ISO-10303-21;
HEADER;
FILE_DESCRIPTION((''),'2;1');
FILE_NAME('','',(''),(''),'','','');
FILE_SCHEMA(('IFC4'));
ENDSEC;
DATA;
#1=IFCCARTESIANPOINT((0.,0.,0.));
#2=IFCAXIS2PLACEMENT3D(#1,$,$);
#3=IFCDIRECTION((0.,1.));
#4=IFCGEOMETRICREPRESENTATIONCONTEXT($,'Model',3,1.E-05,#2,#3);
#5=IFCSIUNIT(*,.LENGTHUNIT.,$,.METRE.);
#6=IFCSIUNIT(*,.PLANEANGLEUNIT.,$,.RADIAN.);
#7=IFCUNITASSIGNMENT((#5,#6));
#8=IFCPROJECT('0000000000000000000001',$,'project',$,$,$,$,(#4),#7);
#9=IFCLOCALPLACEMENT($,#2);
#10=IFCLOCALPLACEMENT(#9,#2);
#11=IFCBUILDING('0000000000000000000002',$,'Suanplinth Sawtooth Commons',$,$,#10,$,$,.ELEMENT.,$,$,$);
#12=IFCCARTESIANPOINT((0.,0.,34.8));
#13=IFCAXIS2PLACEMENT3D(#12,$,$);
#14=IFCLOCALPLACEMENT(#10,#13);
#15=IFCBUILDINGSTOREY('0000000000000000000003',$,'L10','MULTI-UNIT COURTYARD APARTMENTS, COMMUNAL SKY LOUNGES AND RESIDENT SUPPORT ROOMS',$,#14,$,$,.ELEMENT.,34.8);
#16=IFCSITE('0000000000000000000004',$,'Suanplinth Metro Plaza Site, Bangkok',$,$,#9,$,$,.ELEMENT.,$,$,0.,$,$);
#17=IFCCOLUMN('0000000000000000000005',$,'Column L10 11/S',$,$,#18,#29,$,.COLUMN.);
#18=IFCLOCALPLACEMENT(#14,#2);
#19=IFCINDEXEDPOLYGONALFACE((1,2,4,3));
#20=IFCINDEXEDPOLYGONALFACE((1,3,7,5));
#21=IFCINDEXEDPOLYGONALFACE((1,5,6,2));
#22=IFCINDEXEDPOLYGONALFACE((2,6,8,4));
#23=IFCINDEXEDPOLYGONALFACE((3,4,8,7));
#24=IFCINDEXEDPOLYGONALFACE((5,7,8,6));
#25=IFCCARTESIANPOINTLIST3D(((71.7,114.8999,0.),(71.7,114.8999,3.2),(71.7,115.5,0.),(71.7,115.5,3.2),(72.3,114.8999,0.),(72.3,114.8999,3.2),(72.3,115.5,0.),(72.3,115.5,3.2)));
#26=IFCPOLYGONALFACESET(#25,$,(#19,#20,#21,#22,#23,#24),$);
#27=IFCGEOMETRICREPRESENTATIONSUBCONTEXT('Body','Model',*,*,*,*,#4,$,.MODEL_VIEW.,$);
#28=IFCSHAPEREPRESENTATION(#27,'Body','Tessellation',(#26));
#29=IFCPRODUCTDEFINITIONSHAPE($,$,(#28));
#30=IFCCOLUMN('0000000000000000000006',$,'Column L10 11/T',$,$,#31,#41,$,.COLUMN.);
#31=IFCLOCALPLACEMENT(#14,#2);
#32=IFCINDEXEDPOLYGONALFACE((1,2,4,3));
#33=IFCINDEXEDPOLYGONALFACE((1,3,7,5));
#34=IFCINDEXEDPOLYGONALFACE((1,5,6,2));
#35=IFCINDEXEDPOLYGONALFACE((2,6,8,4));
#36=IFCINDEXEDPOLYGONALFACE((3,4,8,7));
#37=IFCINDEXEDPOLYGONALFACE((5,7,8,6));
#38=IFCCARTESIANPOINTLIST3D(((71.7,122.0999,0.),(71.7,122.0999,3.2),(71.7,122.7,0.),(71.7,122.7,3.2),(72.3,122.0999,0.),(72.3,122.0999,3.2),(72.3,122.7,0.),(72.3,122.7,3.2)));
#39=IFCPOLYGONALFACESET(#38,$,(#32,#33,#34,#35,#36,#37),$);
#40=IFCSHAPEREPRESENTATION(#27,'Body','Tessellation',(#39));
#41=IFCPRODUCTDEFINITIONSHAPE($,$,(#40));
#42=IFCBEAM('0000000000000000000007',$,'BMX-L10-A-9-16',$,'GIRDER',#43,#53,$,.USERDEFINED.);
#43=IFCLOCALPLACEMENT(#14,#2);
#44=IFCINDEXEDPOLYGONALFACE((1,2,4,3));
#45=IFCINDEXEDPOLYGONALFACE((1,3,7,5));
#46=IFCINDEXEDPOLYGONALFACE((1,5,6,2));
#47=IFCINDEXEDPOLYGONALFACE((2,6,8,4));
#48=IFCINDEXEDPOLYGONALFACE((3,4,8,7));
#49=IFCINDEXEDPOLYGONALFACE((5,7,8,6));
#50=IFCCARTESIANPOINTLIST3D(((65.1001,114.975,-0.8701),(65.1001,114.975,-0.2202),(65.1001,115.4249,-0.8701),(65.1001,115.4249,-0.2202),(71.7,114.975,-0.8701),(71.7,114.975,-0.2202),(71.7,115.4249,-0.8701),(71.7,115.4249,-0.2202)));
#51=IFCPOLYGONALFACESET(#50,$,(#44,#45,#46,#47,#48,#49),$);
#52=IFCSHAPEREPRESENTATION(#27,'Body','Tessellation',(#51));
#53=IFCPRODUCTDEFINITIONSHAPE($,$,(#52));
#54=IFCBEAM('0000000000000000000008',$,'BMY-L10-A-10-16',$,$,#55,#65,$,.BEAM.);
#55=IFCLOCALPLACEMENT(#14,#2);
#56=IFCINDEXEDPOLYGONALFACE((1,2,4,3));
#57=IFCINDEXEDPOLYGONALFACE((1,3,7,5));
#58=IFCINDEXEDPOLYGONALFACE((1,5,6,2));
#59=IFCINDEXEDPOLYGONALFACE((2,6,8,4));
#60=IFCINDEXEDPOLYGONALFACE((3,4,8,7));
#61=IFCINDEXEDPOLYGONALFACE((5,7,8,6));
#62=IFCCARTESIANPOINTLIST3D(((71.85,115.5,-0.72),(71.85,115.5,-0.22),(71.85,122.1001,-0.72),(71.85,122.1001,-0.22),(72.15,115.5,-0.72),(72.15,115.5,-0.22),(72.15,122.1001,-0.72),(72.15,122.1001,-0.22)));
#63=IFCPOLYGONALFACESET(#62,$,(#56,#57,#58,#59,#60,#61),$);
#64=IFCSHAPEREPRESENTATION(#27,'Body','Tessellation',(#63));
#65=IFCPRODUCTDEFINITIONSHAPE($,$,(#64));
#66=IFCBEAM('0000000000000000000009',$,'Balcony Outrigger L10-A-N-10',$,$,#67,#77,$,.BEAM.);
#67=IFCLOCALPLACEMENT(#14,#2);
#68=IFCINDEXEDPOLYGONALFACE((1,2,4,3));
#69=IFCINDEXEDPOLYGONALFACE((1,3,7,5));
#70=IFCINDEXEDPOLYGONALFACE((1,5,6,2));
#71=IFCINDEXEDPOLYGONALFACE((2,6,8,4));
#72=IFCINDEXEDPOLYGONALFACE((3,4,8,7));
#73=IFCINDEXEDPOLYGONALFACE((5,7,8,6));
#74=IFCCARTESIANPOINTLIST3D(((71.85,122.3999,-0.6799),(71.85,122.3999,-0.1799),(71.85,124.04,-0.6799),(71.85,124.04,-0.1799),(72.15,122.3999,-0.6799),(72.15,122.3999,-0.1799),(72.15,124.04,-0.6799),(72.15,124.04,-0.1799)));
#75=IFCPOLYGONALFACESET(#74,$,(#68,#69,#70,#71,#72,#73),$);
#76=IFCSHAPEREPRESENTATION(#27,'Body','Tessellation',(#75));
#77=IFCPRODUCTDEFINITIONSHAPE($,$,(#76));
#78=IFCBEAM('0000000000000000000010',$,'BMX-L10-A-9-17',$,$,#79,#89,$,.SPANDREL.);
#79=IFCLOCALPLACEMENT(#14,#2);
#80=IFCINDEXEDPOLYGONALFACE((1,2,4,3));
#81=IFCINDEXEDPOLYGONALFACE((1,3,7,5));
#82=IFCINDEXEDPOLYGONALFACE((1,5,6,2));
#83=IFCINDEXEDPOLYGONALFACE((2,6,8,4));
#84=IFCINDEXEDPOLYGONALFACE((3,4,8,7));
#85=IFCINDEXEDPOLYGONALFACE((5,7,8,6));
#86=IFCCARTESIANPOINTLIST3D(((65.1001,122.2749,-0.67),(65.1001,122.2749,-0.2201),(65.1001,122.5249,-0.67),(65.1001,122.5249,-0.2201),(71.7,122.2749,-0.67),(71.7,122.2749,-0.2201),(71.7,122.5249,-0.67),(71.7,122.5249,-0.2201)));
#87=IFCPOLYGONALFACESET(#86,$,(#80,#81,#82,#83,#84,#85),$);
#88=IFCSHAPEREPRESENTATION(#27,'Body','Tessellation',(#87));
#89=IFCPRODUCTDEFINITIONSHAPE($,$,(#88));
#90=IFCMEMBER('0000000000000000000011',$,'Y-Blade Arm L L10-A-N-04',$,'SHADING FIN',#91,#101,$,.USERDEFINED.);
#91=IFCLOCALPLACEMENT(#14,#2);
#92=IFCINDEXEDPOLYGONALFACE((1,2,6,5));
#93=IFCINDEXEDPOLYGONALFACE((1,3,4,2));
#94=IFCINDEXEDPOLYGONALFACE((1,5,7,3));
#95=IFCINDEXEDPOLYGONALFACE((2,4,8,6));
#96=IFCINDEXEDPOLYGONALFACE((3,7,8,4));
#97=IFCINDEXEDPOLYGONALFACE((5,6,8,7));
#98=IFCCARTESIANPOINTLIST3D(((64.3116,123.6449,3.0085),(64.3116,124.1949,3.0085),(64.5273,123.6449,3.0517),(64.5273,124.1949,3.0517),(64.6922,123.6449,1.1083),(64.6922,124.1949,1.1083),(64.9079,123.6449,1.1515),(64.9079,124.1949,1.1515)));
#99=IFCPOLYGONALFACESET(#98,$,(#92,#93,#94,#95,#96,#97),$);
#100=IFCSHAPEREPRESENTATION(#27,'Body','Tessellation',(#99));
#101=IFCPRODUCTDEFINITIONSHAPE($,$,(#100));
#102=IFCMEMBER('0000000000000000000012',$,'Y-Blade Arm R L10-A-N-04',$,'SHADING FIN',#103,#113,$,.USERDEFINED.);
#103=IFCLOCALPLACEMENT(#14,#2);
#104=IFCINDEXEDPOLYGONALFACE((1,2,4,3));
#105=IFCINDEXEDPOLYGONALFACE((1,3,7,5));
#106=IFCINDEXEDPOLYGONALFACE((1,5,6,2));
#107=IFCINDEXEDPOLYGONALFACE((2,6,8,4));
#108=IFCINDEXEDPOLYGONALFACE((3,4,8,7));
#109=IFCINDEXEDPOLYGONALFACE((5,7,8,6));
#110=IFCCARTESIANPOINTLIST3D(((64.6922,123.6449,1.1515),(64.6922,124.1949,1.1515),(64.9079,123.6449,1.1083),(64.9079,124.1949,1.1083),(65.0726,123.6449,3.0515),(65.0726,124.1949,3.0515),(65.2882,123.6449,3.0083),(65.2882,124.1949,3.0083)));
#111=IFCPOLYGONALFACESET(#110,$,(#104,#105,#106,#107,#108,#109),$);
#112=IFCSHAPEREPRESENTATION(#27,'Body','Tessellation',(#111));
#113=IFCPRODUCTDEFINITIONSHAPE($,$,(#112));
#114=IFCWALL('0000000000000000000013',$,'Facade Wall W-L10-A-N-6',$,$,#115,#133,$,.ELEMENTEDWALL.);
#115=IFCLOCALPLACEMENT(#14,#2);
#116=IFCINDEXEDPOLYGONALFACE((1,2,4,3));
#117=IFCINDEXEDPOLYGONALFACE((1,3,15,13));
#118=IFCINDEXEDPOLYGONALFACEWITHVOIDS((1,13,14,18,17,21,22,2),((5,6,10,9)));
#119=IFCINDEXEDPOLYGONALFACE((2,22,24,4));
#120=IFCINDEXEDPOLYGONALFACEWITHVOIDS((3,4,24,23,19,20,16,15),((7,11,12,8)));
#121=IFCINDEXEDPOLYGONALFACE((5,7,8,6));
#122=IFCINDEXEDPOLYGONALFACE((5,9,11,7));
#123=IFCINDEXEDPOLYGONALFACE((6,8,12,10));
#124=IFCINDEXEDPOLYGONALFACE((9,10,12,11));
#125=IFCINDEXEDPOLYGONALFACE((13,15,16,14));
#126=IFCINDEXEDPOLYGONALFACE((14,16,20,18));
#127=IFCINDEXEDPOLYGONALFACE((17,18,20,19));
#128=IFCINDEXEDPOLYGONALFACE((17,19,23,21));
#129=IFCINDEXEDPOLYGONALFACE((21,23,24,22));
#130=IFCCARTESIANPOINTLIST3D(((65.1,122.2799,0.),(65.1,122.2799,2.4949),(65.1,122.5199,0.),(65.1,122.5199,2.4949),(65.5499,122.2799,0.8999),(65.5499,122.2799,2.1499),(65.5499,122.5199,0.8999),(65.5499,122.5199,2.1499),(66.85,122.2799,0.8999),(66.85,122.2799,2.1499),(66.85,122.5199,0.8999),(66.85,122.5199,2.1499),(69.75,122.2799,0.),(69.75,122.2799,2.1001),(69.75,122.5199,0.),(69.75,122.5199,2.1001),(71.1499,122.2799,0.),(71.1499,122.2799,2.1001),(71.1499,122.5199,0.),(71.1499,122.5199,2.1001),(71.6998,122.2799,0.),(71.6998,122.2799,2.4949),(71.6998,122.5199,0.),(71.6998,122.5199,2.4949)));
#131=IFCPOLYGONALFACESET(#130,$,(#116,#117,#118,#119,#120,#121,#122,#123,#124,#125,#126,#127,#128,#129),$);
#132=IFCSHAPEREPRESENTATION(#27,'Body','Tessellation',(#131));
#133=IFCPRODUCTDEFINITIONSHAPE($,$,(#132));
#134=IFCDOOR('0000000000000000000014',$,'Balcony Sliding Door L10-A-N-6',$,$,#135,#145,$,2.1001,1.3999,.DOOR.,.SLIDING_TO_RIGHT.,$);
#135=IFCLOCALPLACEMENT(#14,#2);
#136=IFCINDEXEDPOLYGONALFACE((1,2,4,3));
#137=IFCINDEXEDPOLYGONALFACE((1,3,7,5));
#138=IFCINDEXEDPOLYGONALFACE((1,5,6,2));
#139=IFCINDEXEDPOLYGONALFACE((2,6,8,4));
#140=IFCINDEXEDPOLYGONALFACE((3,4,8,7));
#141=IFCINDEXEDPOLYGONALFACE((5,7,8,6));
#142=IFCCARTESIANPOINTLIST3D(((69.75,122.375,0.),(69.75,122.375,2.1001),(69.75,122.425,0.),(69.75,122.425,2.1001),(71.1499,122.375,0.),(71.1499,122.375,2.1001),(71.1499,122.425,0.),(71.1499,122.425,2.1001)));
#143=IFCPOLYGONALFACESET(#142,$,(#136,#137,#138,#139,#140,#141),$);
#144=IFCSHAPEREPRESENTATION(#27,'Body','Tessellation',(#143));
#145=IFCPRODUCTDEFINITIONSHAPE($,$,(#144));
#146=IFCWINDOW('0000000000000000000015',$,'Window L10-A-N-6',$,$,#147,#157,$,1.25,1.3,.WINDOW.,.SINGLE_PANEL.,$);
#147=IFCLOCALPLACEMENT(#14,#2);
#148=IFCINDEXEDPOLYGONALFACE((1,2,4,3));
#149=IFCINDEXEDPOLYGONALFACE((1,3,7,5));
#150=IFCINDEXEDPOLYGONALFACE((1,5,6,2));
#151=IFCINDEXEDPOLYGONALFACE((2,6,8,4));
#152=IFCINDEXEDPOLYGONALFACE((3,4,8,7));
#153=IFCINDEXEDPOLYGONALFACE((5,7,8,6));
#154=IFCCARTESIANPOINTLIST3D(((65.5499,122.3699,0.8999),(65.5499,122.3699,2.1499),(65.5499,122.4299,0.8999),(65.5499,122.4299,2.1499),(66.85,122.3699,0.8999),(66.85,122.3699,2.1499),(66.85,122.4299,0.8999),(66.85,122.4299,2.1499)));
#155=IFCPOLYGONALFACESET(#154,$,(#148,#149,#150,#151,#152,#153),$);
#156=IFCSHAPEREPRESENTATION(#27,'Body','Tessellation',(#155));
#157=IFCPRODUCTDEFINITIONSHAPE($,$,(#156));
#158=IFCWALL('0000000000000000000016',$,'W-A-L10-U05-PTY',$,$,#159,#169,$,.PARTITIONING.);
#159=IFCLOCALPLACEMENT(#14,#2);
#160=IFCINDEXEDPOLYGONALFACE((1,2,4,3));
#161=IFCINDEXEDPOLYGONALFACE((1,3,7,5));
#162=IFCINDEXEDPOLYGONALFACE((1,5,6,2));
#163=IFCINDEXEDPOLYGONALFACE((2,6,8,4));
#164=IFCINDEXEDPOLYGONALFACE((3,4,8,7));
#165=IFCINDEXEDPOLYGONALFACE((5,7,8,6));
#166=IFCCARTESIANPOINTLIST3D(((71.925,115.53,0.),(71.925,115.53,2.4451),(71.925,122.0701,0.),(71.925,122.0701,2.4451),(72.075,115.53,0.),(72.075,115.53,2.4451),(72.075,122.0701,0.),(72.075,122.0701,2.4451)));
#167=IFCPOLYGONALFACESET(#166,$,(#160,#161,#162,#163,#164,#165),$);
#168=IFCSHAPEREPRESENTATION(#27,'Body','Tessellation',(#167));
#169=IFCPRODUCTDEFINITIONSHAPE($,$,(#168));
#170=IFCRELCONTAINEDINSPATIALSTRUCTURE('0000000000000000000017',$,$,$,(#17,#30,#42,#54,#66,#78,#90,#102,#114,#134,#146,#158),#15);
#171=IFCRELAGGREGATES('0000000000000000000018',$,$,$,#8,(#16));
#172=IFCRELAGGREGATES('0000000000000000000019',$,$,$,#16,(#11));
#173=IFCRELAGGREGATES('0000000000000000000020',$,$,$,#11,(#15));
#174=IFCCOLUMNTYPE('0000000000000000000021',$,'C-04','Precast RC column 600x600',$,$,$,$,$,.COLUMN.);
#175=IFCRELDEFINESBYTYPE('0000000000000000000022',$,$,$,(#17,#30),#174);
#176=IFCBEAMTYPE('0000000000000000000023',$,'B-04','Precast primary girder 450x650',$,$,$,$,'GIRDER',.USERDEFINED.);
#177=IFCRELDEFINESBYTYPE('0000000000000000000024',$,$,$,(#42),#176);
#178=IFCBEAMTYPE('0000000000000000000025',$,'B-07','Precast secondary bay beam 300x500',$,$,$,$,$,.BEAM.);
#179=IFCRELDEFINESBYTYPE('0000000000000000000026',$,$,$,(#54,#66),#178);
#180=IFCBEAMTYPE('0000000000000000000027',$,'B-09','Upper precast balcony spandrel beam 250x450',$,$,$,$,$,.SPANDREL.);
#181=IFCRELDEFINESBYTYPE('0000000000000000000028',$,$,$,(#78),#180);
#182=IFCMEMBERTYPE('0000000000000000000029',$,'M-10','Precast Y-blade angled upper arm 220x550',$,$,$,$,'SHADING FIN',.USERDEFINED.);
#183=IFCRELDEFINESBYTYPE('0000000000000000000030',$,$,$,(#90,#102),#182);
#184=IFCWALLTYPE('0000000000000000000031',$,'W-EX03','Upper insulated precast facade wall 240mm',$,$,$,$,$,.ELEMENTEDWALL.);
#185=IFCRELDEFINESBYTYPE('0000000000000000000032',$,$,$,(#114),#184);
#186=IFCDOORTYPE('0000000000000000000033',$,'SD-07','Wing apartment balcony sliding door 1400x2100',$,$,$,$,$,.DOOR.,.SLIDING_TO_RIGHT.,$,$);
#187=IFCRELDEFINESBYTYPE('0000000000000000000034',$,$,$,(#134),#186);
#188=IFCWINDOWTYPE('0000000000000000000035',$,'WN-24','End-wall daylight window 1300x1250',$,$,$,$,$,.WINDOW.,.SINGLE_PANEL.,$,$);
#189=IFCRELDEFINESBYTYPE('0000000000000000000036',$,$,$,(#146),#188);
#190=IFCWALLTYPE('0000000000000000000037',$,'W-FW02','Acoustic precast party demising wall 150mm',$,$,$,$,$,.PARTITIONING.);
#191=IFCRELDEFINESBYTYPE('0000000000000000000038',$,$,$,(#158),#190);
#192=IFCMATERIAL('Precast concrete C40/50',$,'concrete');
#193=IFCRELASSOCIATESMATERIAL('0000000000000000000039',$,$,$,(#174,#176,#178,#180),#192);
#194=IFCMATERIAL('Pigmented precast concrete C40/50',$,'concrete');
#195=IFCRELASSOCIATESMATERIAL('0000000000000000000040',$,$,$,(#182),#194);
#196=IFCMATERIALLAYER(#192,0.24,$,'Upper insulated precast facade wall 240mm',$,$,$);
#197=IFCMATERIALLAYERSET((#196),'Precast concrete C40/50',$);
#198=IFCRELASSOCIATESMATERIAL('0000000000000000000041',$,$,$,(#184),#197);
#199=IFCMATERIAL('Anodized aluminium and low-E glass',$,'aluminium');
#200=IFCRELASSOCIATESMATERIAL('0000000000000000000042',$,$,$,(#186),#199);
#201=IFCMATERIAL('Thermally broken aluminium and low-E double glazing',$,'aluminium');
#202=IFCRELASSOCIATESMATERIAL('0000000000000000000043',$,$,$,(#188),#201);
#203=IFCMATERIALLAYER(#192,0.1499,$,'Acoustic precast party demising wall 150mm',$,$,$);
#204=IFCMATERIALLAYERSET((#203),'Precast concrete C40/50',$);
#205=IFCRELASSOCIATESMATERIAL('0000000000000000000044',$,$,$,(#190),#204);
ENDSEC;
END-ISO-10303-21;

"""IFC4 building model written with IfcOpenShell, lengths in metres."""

from ifc_helpers import new_model, si_unit, direction, frame, frame_2d, origin, origin_2d, place, context, subcontext, project, spatial, rectangle, extrude, material, layer, layer_set, material_profile, profile_set, type_object, element, fill, save


model = new_model("IFC4")

# Units and contexts
model_context = context("Model", 3, precision=1e-05, world=origin(), true_north=direction((0.0, 1.0)))
body_context = subcontext(model_context, "Body", "Model", "MODEL_VIEW")
ifc_project = project(units=[si_unit("LENGTHUNIT", "METRE"), si_unit("PLANEANGLEUNIT", "RADIAN")], contexts=[model_context])

# Site, building, storey
site_placement = place(None, origin())
site = spatial("IfcSite", under=ifc_project, at=site_placement, Name="Suanplinth Metro Plaza Site, Bangkok", CompositionType="ELEMENT", RefElevation=0.0)
building_placement = place(site_placement, origin())
building = spatial("IfcBuilding", under=site, at=building_placement, Name="Suanplinth Sawtooth Commons", CompositionType="ELEMENT")
storey_placement = place(building_placement, frame((0.0, 0.0, 34.8)))
storey = spatial("IfcBuildingStorey", under=building, at=storey_placement, Name="L10", Description="MULTI-UNIT COURTYARD APARTMENTS, COMMUNAL SKY LOUNGES AND RESIDENT SUPPORT ROOMS", CompositionType="ELEMENT", Elevation=34.8)

# Columns
ifc_material_1 = material(Name="Precast concrete C40/50", Category="concrete")
ifc_material_profile_1 = material_profile(ifc_material_1, rectangle(XDim=0.6001, YDim=0.6001, at=origin_2d()), Name="PC-COL 600x600")
ifc_profile_set_1 = profile_set([ifc_material_profile_1], Name="Precast concrete C40/50")
column_type = type_object("IfcColumnType", Name="C-04", Description="Precast RC column 600x600", PredefinedType="COLUMN", material=ifc_profile_set_1)
for number, where, z_axis, x_axis, name in (
    (1, (72.0, 115.2, 0.0), (0.0, 0.0, 1.0), (1.0, 0.0, 0.0), "Column L10 11/S"),
    (2, (72.0, 122.3999, 0.0), (0.0, 0.0, 1.0), (1.0, 0.0, 0.0), "Column L10 11/T"),
):
    element("IfcColumn", number, at=place(storey_placement, frame(where, z_axis=z_axis, x_axis=x_axis)), inside=storey, type_object=column_type, Name=name, PredefinedType="COLUMN", context=body_context, shape_type="SweptSolid", body=[
        extrude(rectangle(XDim=0.6001, YDim=0.6001, at=origin_2d()), origin(), (0.0, 0.0, 1.0), 3.2),
    ])

# Beams
ifc_material_profile_2 = material_profile(ifc_material_1, rectangle(XDim=0.45, YDim=0.6499, at=origin_2d()), Name="PC-GDR 450x650")
ifc_profile_set_2 = profile_set([ifc_material_profile_2], Name="Precast concrete C40/50")
beam_type_1 = type_object("IfcBeamType", Name="B-04", Description="Precast primary girder 450x650", ElementType="GIRDER", PredefinedType="USERDEFINED", material=ifc_profile_set_2)
beam_1_placement = place(storey_placement, frame((65.1001, 115.2, -0.5452), z_axis=(1.0, 0.0, 0.0), x_axis=(0.0, 1.0, 0.0)))
element("IfcBeam", 3, at=beam_1_placement, inside=storey, type_object=beam_type_1, Name="BMX-L10-A-9-16", ObjectType="GIRDER", PredefinedType="USERDEFINED", context=body_context, shape_type="SweptSolid", body=[
    extrude(rectangle(XDim=0.45, YDim=0.6499, at=origin_2d()), origin(), (0.0, 0.0, 1.0), 6.5999),
])
ifc_material_profile_3 = material_profile(ifc_material_1, rectangle(XDim=0.3, YDim=0.5, at=origin_2d()), Name="PC-BM 300x500")
ifc_profile_set_3 = profile_set([ifc_material_profile_3], Name="Precast concrete C40/50")
beam_type_2 = type_object("IfcBeamType", Name="B-07", Description="Precast secondary bay beam 300x500", PredefinedType="BEAM", material=ifc_profile_set_3)
beam_2_placement = place(storey_placement, frame((72.0, 115.5, -0.47), z_axis=(0.0, 1.0, 0.0), x_axis=(-1.0, 0.0, 0.0)))
element("IfcBeam", 4, at=beam_2_placement, inside=storey, type_object=beam_type_2, Name="BMY-L10-A-10-16", PredefinedType="BEAM", context=body_context, shape_type="SweptSolid", body=[
    extrude(rectangle(XDim=0.3, YDim=0.5, at=origin_2d()), origin(), (0.0, 0.0, 1.0), 6.6001),
])
beam_3_placement = place(storey_placement, frame((72.0, 122.3999, -0.4299), z_axis=(0.0, 1.0, 0.0), x_axis=(-1.0, 0.0, 0.0)))
element("IfcBeam", 5, at=beam_3_placement, inside=storey, type_object=beam_type_2, Name="Balcony Outrigger L10-A-N-10", PredefinedType="BEAM", context=body_context, shape_type="SweptSolid", body=[
    extrude(rectangle(XDim=0.3, YDim=0.5, at=origin_2d()), origin(), (0.0, 0.0, 1.0), 1.6401),
])
ifc_material_profile_4 = material_profile(ifc_material_1, rectangle(XDim=0.25, YDim=0.45, at=origin_2d()), Name="PC-SP 250x450")
ifc_profile_set_4 = profile_set([ifc_material_profile_4], Name="Precast concrete C40/50")
beam_type_3 = type_object("IfcBeamType", Name="B-09", Description="Upper precast balcony spandrel beam 250x450", PredefinedType="SPANDREL", material=ifc_profile_set_4)
beam_4_placement = place(storey_placement, frame((65.1001, 122.3999, -0.4451), z_axis=(1.0, 0.0, 0.0), x_axis=(0.0, 1.0, 0.0)))
element("IfcBeam", 6, at=beam_4_placement, inside=storey, type_object=beam_type_3, Name="BMX-L10-A-9-17", PredefinedType="SPANDREL", context=body_context, shape_type="SweptSolid", body=[
    extrude(rectangle(XDim=0.25, YDim=0.45, at=origin_2d()), origin(), (0.0, 0.0, 1.0), 6.5999),
])

# Members
ifc_material_2 = material(Name="Pigmented precast concrete C40/50", Category="concrete")
ifc_material_profile_5 = material_profile(ifc_material_2, rectangle(XDim=0.22, YDim=0.55, at=origin_2d()), Name="PC-FIN 220x550")
ifc_profile_set_5 = profile_set([ifc_material_profile_5], Name="Pigmented precast concrete C40/50")
member_type = type_object("IfcMemberType", Name="M-10", Description="Precast Y-blade angled upper arm 220x550", ElementType="SHADING FIN", PredefinedType="USERDEFINED", material=ifc_profile_set_5)
member_1_placement = place(storey_placement, frame((64.8, 123.9199, 1.1299), z_axis=(-0.196407, 0.0, 0.980522), x_axis=(0.980522, 0.0, 0.196407)))
element("IfcMember", 7, at=member_1_placement, inside=storey, type_object=member_type, Name="Y-Blade Arm L L10-A-N-04", ObjectType="SHADING FIN", PredefinedType="USERDEFINED", context=body_context, shape_type="SweptSolid", body=[
    extrude(rectangle(XDim=0.22, YDim=0.55, at=origin_2d()), origin(), (0.0, 0.0, 1.0), 1.938),
])
member_2_placement = place(storey_placement, frame((64.8, 123.9199, 1.1299), z_axis=(0.196286, 0.0, 0.980547), x_axis=(-0.980547, 0.0, 0.196286)))
element("IfcMember", 8, at=member_2_placement, inside=storey, type_object=member_type, Name="Y-Blade Arm R L10-A-N-04", ObjectType="SHADING FIN", PredefinedType="USERDEFINED", context=body_context, shape_type="SweptSolid", body=[
    extrude(rectangle(XDim=0.22, YDim=0.55, at=origin_2d()), origin(), (0.0, 0.0, 1.0), 1.9377),
])

# Wall, openings, door, window
ifc_layer_1 = layer(ifc_material_1, 0.24, Name="Upper insulated precast facade wall 240mm")
ifc_layer_set_1 = layer_set([ifc_layer_1], Name="Precast concrete C40/50")
wall_type_1 = type_object("IfcWallType", Name="W-EX03", Description="Upper insulated precast facade wall 240mm", PredefinedType="ELEMENTEDWALL", material=ifc_layer_set_1)
wall_1_placement = place(storey_placement, frame((65.1001, 122.3999, 0.0), z_axis=(0.0, 0.0, 1.0), x_axis=(1.0, 0.0, 0.0)))
wall_1 = element("IfcWall", 9, at=wall_1_placement, inside=storey, type_object=wall_type_1, Name="Facade Wall W-L10-A-N-6", PredefinedType="ELEMENTEDWALL", context=body_context, shape_type="SweptSolid", body=[
    extrude(rectangle(XDim=6.5999, YDim=0.24, at=frame_2d((3.2998, 0.0))), origin(), (0.0, 0.0, 1.0), 2.4949),
])
opening_1_placement = place(wall_1_placement, frame((4.6499, 0.0, 0.0)))
opening_1 = element("IfcOpeningElement", 10, at=opening_1_placement, cuts=wall_1, PredefinedType="OPENING", context=body_context, shape_type="SweptSolid", body=[
    extrude(rectangle(XDim=1.3999, YDim=2.1001, at=frame_2d((0.7, 1.05))), frame((0.0, 0.1348, 0.0), z_axis=(0.0, -1.0, 0.0), x_axis=(1.0, 0.0, 0.0)), (0.0, 0.0, 1.0), 0.2698),
])
opening_2_placement = place(wall_1_placement, frame((0.45, 0.0, 0.8999)))
opening_2 = element("IfcOpeningElement", 11, at=opening_2_placement, cuts=wall_1, PredefinedType="OPENING", context=body_context, shape_type="SweptSolid", body=[
    extrude(rectangle(XDim=1.3, YDim=1.25, at=frame_2d((0.6499, 0.625))), frame((0.0, 0.1348, 0.0), z_axis=(0.0, -1.0, 0.0), x_axis=(1.0, 0.0, 0.0)), (0.0, 0.0, 1.0), 0.2698),
])
ifc_material_3 = material(Name="Anodized aluminium and low-E glass", Category="aluminium")
door_type_1 = type_object("IfcDoorType", Name="SD-07", Description="Wing apartment balcony sliding door 1400x2100", OperationType="SLIDING_TO_RIGHT", PredefinedType="DOOR", material=ifc_material_3)
door_1_placement = place(opening_1_placement, frame((1.3999, 0.0, 0.0), z_axis=(0.0, 0.0, 1.0), x_axis=(-1.0, 0.0, 0.0)))
door_1 = element("IfcDoor", 12, at=door_1_placement, inside=storey, type_object=door_type_1, Name="Balcony Sliding Door L10-A-N-6", OperationType="SLIDING_TO_RIGHT", OverallHeight=2.1001, OverallWidth=1.3999, PredefinedType="DOOR", context=body_context, shape_type="SweptSolid", body=[
    extrude(rectangle(XDim=1.3999, YDim=2.1001, at=frame_2d((0.7, 1.05))), frame((0.0, 0.0249, 0.0), z_axis=(0.0, -1.0, 0.0), x_axis=(1.0, 0.0, 0.0)), (0.0, 0.0, 1.0), 0.05),
])
fill(opening_1, door_1)
ifc_material_4 = material(Name="Thermally broken aluminium and low-E double glazing", Category="aluminium")
window_type = type_object("IfcWindowType", Name="WN-24", Description="End-wall daylight window 1300x1250", PartitioningType="SINGLE_PANEL", PredefinedType="WINDOW", material=ifc_material_4)
window_placement = place(opening_2_placement, origin())
window = element("IfcWindow", 13, at=window_placement, inside=storey, type_object=window_type, Name="Window L10-A-N-6", OverallHeight=1.25, OverallWidth=1.3, PartitioningType="SINGLE_PANEL", PredefinedType="WINDOW", context=body_context, shape_type="SweptSolid", body=[
    extrude(rectangle(XDim=1.3, YDim=1.25, at=frame_2d((0.6499, 0.625))), frame((0.0, 0.03, 0.0), z_axis=(0.0, -1.0, 0.0), x_axis=(1.0, 0.0, 0.0)), (0.0, 0.0, 1.0), 0.0601),
])
fill(opening_2, window)

# Wall
ifc_layer_2 = layer(ifc_material_1, 0.1499, Name="Acoustic precast party demising wall 150mm")
ifc_layer_set_2 = layer_set([ifc_layer_2], Name="Precast concrete C40/50")
wall_type_2 = type_object("IfcWallType", Name="W-FW02", Description="Acoustic precast party demising wall 150mm", PredefinedType="PARTITIONING", material=ifc_layer_set_2)
wall_2_placement = place(storey_placement, frame((72.0, 115.53, 0.0), z_axis=(0.0, 0.0, 1.0), x_axis=(0.0, 1.0, 0.0)))
element("IfcWall", 14, at=wall_2_placement, inside=storey, type_object=wall_type_2, Name="W-A-L10-U05-PTY", PredefinedType="PARTITIONING", context=body_context, shape_type="SweptSolid", body=[
    extrude(rectangle(XDim=6.54, YDim=0.1499, at=frame_2d((3.27, 0.0))), origin(), (0.0, 0.0, 1.0), 2.4451),
])

save(model, "model.ifc")
